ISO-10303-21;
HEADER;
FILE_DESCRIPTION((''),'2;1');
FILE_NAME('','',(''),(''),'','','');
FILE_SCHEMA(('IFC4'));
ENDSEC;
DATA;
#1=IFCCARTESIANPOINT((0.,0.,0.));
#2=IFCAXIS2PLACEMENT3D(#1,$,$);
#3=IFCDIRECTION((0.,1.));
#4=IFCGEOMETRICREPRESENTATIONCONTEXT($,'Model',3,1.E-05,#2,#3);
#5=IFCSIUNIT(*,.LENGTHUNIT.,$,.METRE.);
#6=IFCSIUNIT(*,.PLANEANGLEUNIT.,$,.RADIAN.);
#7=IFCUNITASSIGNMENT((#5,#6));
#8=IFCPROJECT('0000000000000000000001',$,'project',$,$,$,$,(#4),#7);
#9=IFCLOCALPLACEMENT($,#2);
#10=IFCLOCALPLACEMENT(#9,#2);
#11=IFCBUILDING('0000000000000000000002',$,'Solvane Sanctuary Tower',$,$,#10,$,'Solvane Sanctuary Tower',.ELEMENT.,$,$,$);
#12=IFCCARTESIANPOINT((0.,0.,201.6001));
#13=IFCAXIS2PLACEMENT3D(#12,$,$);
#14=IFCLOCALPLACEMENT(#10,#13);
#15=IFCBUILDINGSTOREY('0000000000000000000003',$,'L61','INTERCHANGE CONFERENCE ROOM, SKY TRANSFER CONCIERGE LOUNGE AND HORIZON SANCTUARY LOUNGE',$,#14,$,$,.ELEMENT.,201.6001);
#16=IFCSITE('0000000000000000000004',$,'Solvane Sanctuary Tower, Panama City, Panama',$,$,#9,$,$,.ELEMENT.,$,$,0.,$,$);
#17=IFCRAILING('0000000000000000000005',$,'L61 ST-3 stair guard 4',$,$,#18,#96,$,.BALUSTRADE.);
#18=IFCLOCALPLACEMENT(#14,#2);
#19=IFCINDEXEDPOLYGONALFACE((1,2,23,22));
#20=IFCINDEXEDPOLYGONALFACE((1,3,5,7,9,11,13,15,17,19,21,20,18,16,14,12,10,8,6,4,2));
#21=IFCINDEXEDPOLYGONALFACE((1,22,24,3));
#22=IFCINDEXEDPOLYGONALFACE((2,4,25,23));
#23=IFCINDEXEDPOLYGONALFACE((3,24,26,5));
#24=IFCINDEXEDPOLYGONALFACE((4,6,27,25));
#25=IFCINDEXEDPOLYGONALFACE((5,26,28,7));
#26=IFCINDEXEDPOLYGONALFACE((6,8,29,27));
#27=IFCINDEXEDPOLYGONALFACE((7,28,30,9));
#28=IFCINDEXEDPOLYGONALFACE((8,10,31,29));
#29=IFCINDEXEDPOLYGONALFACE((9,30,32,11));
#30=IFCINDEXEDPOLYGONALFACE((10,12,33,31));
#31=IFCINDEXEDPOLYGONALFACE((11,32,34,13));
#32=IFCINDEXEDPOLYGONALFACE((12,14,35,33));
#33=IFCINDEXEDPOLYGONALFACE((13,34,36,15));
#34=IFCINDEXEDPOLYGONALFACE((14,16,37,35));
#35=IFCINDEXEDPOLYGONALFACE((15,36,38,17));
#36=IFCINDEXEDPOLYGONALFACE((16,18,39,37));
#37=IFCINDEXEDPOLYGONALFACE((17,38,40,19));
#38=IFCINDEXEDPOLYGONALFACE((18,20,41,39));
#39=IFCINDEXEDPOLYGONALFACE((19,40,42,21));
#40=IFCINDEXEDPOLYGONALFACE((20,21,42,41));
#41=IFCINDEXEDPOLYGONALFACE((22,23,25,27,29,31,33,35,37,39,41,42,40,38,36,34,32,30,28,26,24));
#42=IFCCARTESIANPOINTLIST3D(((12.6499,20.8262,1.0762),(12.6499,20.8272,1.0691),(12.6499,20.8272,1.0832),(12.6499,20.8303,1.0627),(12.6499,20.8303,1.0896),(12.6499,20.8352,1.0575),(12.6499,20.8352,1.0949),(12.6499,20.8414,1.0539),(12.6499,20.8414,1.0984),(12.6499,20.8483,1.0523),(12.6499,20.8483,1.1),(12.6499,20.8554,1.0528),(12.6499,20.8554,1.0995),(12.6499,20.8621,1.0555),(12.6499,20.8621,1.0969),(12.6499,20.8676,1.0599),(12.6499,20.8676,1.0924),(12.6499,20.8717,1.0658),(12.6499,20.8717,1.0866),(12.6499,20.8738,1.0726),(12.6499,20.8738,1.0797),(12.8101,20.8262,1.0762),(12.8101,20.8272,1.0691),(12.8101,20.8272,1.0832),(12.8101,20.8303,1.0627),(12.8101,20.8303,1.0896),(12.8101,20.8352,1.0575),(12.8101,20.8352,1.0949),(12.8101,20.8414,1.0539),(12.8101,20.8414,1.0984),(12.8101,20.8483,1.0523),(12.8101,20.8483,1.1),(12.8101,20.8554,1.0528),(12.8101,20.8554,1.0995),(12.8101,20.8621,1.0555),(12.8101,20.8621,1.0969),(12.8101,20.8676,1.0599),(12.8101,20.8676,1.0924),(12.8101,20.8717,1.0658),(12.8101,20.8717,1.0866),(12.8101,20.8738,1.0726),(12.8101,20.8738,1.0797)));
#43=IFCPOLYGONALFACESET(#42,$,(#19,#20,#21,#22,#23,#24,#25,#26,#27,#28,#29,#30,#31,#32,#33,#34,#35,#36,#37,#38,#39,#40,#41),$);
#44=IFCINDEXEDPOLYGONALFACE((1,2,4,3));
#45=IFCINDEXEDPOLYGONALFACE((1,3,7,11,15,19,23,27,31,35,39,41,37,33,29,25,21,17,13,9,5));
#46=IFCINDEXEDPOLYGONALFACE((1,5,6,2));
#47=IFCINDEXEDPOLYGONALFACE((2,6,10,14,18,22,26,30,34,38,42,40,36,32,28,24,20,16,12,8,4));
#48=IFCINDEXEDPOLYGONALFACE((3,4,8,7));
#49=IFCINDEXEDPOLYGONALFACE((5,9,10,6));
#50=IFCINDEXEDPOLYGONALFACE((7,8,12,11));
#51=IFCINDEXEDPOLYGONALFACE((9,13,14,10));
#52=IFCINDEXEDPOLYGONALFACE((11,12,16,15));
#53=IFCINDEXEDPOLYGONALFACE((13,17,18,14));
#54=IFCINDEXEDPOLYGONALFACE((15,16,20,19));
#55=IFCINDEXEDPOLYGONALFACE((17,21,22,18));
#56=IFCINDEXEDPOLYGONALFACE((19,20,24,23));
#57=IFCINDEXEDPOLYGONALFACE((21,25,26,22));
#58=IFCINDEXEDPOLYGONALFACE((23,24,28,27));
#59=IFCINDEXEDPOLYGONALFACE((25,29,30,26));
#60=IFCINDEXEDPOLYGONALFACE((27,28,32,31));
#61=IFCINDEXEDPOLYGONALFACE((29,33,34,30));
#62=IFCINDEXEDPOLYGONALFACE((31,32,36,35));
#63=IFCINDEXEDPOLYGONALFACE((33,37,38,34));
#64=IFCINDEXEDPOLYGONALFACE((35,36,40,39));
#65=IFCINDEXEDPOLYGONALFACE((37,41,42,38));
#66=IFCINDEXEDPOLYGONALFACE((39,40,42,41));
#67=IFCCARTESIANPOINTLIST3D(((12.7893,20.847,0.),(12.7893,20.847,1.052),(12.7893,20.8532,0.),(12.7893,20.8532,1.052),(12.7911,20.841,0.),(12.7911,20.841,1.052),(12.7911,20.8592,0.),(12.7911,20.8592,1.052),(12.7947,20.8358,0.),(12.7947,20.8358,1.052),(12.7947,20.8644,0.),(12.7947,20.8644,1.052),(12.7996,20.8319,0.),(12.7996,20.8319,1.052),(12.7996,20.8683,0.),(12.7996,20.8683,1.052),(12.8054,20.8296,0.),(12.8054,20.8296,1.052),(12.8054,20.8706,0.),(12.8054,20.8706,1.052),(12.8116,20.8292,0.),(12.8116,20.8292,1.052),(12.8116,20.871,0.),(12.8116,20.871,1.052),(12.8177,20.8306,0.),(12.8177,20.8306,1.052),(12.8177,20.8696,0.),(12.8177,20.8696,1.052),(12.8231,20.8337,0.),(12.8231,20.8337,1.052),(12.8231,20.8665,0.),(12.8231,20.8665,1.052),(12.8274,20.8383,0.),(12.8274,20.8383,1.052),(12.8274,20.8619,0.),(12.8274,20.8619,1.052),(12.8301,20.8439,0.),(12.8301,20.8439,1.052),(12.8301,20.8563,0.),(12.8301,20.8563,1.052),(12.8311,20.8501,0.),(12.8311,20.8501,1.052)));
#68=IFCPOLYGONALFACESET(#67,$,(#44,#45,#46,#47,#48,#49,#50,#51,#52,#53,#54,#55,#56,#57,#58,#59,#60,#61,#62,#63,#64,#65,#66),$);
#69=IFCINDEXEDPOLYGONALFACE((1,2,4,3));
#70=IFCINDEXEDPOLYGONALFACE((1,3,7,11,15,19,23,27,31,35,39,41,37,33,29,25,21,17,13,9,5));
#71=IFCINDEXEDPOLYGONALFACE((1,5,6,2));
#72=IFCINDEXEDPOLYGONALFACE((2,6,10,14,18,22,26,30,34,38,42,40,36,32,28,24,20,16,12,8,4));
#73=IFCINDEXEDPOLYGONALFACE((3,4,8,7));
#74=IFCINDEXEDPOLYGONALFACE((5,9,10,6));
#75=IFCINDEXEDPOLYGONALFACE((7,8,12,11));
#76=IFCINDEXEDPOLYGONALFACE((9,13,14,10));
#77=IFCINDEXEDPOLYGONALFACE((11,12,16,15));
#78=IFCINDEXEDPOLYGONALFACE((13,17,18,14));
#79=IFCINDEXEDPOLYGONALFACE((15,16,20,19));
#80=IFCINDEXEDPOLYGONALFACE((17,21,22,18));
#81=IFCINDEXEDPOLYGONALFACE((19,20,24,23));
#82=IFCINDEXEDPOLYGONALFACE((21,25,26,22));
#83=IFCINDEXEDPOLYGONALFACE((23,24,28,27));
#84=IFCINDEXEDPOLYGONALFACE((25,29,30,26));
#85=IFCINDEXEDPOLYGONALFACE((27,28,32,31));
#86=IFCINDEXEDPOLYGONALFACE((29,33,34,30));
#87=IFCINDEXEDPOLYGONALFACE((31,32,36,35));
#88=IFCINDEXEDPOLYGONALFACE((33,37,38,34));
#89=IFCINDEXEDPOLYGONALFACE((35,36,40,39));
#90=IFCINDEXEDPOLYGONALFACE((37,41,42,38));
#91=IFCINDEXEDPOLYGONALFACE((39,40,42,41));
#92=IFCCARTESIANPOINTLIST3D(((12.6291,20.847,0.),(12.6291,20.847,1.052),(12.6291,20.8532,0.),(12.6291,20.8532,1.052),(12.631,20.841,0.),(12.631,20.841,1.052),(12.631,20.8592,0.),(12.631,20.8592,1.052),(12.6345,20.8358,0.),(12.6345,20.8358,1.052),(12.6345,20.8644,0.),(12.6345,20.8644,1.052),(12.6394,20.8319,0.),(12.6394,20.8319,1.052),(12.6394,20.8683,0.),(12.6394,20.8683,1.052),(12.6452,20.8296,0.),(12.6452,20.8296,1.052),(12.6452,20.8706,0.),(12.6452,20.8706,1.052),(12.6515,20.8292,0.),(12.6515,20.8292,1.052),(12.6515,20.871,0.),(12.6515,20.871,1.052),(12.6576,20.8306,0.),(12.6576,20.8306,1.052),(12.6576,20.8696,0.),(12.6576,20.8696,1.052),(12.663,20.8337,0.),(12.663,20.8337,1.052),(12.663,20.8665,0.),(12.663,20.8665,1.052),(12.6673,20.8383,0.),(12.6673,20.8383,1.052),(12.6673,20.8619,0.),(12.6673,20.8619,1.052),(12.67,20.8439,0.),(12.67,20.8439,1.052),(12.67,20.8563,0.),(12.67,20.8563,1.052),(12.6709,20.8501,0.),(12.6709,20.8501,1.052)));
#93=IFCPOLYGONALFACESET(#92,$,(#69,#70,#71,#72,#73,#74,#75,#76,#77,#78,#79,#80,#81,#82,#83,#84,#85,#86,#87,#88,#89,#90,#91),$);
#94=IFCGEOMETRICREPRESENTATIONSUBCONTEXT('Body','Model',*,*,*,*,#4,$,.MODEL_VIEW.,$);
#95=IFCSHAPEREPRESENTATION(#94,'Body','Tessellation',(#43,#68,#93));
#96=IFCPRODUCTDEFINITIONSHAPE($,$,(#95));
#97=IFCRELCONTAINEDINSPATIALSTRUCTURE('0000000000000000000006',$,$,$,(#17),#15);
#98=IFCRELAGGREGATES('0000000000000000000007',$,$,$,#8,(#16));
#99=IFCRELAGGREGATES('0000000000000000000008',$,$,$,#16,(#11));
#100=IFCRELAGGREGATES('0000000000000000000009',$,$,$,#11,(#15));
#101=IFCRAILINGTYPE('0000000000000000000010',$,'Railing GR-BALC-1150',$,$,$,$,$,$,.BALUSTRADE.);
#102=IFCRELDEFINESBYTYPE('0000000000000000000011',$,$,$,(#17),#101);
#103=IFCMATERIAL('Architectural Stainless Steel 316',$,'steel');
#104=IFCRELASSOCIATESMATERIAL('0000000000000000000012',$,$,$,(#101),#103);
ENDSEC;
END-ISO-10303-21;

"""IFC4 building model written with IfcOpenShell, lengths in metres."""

from ifc_helpers import new_model, si_unit, direction, frame, origin, origin_2d, place, context, subcontext, project, spatial, circle, extrude, material, type_object, element, save


model = new_model("IFC4")

# Units and contexts
model_context = context("Model", 3, precision=1e-05, world=origin(), true_north=direction((0.0, 1.0)))
body_context = subcontext(model_context, "Body", "Model", "MODEL_VIEW")
ifc_project = project(units=[si_unit("LENGTHUNIT", "METRE"), si_unit("PLANEANGLEUNIT", "RADIAN")], contexts=[model_context])

# Site, building, storey
site_placement = place(None, origin())
site = spatial("IfcSite", under=ifc_project, at=site_placement, Name="Solvane Sanctuary Tower, Panama City, Panama", CompositionType="ELEMENT", RefElevation=0.0)
building_placement = place(site_placement, origin())
building = spatial("IfcBuilding", under=site, at=building_placement, Name="Solvane Sanctuary Tower", LongName="Solvane Sanctuary Tower", CompositionType="ELEMENT")
storey_placement = place(building_placement, frame((0.0, 0.0, 201.6001)))
storey = spatial("IfcBuildingStorey", under=building, at=storey_placement, Name="L61", Description="INTERCHANGE CONFERENCE ROOM, SKY TRANSFER CONCIERGE LOUNGE AND HORIZON SANCTUARY LOUNGE", CompositionType="ELEMENT", Elevation=201.6001)

# Shared definitions
ifc_material_1 = material(Name="Architectural Stainless Steel 316", Category="steel")

# Railing
railing_type_1 = type_object("IfcRailingType", Name="Railing GR-BALC-1150", PredefinedType="BALUSTRADE", material=ifc_material_1)
railing_1_placement = place(storey_placement, frame((12.8101, 20.8501, 0.0)))
element("IfcRailing", 1, at=railing_1_placement, inside=storey, type_object=railing_type_1, Name="L61 ST-3 stair guard 4", PredefinedType="BALUSTRADE", context=body_context, shape_type="SweptSolid", body=[
    extrude(circle(Radius=0.0239, at=origin_2d()), frame((0.0, 0.0, 1.0762), z_axis=(-1.0, 0.0, 0.0), x_axis=(0.0, -1.0, 0.0)), (0.0, 0.0, 1.0), 0.1602),
    extrude(circle(Radius=0.021, at=origin_2d()), origin(), (0.0, 0.0, 1.0), 1.052),
    extrude(circle(Radius=0.021, at=origin_2d()), frame((-0.1602, 0.0, 0.0)), (0.0, 0.0, 1.0), 1.052),
])

save(model, "model.ifc")
